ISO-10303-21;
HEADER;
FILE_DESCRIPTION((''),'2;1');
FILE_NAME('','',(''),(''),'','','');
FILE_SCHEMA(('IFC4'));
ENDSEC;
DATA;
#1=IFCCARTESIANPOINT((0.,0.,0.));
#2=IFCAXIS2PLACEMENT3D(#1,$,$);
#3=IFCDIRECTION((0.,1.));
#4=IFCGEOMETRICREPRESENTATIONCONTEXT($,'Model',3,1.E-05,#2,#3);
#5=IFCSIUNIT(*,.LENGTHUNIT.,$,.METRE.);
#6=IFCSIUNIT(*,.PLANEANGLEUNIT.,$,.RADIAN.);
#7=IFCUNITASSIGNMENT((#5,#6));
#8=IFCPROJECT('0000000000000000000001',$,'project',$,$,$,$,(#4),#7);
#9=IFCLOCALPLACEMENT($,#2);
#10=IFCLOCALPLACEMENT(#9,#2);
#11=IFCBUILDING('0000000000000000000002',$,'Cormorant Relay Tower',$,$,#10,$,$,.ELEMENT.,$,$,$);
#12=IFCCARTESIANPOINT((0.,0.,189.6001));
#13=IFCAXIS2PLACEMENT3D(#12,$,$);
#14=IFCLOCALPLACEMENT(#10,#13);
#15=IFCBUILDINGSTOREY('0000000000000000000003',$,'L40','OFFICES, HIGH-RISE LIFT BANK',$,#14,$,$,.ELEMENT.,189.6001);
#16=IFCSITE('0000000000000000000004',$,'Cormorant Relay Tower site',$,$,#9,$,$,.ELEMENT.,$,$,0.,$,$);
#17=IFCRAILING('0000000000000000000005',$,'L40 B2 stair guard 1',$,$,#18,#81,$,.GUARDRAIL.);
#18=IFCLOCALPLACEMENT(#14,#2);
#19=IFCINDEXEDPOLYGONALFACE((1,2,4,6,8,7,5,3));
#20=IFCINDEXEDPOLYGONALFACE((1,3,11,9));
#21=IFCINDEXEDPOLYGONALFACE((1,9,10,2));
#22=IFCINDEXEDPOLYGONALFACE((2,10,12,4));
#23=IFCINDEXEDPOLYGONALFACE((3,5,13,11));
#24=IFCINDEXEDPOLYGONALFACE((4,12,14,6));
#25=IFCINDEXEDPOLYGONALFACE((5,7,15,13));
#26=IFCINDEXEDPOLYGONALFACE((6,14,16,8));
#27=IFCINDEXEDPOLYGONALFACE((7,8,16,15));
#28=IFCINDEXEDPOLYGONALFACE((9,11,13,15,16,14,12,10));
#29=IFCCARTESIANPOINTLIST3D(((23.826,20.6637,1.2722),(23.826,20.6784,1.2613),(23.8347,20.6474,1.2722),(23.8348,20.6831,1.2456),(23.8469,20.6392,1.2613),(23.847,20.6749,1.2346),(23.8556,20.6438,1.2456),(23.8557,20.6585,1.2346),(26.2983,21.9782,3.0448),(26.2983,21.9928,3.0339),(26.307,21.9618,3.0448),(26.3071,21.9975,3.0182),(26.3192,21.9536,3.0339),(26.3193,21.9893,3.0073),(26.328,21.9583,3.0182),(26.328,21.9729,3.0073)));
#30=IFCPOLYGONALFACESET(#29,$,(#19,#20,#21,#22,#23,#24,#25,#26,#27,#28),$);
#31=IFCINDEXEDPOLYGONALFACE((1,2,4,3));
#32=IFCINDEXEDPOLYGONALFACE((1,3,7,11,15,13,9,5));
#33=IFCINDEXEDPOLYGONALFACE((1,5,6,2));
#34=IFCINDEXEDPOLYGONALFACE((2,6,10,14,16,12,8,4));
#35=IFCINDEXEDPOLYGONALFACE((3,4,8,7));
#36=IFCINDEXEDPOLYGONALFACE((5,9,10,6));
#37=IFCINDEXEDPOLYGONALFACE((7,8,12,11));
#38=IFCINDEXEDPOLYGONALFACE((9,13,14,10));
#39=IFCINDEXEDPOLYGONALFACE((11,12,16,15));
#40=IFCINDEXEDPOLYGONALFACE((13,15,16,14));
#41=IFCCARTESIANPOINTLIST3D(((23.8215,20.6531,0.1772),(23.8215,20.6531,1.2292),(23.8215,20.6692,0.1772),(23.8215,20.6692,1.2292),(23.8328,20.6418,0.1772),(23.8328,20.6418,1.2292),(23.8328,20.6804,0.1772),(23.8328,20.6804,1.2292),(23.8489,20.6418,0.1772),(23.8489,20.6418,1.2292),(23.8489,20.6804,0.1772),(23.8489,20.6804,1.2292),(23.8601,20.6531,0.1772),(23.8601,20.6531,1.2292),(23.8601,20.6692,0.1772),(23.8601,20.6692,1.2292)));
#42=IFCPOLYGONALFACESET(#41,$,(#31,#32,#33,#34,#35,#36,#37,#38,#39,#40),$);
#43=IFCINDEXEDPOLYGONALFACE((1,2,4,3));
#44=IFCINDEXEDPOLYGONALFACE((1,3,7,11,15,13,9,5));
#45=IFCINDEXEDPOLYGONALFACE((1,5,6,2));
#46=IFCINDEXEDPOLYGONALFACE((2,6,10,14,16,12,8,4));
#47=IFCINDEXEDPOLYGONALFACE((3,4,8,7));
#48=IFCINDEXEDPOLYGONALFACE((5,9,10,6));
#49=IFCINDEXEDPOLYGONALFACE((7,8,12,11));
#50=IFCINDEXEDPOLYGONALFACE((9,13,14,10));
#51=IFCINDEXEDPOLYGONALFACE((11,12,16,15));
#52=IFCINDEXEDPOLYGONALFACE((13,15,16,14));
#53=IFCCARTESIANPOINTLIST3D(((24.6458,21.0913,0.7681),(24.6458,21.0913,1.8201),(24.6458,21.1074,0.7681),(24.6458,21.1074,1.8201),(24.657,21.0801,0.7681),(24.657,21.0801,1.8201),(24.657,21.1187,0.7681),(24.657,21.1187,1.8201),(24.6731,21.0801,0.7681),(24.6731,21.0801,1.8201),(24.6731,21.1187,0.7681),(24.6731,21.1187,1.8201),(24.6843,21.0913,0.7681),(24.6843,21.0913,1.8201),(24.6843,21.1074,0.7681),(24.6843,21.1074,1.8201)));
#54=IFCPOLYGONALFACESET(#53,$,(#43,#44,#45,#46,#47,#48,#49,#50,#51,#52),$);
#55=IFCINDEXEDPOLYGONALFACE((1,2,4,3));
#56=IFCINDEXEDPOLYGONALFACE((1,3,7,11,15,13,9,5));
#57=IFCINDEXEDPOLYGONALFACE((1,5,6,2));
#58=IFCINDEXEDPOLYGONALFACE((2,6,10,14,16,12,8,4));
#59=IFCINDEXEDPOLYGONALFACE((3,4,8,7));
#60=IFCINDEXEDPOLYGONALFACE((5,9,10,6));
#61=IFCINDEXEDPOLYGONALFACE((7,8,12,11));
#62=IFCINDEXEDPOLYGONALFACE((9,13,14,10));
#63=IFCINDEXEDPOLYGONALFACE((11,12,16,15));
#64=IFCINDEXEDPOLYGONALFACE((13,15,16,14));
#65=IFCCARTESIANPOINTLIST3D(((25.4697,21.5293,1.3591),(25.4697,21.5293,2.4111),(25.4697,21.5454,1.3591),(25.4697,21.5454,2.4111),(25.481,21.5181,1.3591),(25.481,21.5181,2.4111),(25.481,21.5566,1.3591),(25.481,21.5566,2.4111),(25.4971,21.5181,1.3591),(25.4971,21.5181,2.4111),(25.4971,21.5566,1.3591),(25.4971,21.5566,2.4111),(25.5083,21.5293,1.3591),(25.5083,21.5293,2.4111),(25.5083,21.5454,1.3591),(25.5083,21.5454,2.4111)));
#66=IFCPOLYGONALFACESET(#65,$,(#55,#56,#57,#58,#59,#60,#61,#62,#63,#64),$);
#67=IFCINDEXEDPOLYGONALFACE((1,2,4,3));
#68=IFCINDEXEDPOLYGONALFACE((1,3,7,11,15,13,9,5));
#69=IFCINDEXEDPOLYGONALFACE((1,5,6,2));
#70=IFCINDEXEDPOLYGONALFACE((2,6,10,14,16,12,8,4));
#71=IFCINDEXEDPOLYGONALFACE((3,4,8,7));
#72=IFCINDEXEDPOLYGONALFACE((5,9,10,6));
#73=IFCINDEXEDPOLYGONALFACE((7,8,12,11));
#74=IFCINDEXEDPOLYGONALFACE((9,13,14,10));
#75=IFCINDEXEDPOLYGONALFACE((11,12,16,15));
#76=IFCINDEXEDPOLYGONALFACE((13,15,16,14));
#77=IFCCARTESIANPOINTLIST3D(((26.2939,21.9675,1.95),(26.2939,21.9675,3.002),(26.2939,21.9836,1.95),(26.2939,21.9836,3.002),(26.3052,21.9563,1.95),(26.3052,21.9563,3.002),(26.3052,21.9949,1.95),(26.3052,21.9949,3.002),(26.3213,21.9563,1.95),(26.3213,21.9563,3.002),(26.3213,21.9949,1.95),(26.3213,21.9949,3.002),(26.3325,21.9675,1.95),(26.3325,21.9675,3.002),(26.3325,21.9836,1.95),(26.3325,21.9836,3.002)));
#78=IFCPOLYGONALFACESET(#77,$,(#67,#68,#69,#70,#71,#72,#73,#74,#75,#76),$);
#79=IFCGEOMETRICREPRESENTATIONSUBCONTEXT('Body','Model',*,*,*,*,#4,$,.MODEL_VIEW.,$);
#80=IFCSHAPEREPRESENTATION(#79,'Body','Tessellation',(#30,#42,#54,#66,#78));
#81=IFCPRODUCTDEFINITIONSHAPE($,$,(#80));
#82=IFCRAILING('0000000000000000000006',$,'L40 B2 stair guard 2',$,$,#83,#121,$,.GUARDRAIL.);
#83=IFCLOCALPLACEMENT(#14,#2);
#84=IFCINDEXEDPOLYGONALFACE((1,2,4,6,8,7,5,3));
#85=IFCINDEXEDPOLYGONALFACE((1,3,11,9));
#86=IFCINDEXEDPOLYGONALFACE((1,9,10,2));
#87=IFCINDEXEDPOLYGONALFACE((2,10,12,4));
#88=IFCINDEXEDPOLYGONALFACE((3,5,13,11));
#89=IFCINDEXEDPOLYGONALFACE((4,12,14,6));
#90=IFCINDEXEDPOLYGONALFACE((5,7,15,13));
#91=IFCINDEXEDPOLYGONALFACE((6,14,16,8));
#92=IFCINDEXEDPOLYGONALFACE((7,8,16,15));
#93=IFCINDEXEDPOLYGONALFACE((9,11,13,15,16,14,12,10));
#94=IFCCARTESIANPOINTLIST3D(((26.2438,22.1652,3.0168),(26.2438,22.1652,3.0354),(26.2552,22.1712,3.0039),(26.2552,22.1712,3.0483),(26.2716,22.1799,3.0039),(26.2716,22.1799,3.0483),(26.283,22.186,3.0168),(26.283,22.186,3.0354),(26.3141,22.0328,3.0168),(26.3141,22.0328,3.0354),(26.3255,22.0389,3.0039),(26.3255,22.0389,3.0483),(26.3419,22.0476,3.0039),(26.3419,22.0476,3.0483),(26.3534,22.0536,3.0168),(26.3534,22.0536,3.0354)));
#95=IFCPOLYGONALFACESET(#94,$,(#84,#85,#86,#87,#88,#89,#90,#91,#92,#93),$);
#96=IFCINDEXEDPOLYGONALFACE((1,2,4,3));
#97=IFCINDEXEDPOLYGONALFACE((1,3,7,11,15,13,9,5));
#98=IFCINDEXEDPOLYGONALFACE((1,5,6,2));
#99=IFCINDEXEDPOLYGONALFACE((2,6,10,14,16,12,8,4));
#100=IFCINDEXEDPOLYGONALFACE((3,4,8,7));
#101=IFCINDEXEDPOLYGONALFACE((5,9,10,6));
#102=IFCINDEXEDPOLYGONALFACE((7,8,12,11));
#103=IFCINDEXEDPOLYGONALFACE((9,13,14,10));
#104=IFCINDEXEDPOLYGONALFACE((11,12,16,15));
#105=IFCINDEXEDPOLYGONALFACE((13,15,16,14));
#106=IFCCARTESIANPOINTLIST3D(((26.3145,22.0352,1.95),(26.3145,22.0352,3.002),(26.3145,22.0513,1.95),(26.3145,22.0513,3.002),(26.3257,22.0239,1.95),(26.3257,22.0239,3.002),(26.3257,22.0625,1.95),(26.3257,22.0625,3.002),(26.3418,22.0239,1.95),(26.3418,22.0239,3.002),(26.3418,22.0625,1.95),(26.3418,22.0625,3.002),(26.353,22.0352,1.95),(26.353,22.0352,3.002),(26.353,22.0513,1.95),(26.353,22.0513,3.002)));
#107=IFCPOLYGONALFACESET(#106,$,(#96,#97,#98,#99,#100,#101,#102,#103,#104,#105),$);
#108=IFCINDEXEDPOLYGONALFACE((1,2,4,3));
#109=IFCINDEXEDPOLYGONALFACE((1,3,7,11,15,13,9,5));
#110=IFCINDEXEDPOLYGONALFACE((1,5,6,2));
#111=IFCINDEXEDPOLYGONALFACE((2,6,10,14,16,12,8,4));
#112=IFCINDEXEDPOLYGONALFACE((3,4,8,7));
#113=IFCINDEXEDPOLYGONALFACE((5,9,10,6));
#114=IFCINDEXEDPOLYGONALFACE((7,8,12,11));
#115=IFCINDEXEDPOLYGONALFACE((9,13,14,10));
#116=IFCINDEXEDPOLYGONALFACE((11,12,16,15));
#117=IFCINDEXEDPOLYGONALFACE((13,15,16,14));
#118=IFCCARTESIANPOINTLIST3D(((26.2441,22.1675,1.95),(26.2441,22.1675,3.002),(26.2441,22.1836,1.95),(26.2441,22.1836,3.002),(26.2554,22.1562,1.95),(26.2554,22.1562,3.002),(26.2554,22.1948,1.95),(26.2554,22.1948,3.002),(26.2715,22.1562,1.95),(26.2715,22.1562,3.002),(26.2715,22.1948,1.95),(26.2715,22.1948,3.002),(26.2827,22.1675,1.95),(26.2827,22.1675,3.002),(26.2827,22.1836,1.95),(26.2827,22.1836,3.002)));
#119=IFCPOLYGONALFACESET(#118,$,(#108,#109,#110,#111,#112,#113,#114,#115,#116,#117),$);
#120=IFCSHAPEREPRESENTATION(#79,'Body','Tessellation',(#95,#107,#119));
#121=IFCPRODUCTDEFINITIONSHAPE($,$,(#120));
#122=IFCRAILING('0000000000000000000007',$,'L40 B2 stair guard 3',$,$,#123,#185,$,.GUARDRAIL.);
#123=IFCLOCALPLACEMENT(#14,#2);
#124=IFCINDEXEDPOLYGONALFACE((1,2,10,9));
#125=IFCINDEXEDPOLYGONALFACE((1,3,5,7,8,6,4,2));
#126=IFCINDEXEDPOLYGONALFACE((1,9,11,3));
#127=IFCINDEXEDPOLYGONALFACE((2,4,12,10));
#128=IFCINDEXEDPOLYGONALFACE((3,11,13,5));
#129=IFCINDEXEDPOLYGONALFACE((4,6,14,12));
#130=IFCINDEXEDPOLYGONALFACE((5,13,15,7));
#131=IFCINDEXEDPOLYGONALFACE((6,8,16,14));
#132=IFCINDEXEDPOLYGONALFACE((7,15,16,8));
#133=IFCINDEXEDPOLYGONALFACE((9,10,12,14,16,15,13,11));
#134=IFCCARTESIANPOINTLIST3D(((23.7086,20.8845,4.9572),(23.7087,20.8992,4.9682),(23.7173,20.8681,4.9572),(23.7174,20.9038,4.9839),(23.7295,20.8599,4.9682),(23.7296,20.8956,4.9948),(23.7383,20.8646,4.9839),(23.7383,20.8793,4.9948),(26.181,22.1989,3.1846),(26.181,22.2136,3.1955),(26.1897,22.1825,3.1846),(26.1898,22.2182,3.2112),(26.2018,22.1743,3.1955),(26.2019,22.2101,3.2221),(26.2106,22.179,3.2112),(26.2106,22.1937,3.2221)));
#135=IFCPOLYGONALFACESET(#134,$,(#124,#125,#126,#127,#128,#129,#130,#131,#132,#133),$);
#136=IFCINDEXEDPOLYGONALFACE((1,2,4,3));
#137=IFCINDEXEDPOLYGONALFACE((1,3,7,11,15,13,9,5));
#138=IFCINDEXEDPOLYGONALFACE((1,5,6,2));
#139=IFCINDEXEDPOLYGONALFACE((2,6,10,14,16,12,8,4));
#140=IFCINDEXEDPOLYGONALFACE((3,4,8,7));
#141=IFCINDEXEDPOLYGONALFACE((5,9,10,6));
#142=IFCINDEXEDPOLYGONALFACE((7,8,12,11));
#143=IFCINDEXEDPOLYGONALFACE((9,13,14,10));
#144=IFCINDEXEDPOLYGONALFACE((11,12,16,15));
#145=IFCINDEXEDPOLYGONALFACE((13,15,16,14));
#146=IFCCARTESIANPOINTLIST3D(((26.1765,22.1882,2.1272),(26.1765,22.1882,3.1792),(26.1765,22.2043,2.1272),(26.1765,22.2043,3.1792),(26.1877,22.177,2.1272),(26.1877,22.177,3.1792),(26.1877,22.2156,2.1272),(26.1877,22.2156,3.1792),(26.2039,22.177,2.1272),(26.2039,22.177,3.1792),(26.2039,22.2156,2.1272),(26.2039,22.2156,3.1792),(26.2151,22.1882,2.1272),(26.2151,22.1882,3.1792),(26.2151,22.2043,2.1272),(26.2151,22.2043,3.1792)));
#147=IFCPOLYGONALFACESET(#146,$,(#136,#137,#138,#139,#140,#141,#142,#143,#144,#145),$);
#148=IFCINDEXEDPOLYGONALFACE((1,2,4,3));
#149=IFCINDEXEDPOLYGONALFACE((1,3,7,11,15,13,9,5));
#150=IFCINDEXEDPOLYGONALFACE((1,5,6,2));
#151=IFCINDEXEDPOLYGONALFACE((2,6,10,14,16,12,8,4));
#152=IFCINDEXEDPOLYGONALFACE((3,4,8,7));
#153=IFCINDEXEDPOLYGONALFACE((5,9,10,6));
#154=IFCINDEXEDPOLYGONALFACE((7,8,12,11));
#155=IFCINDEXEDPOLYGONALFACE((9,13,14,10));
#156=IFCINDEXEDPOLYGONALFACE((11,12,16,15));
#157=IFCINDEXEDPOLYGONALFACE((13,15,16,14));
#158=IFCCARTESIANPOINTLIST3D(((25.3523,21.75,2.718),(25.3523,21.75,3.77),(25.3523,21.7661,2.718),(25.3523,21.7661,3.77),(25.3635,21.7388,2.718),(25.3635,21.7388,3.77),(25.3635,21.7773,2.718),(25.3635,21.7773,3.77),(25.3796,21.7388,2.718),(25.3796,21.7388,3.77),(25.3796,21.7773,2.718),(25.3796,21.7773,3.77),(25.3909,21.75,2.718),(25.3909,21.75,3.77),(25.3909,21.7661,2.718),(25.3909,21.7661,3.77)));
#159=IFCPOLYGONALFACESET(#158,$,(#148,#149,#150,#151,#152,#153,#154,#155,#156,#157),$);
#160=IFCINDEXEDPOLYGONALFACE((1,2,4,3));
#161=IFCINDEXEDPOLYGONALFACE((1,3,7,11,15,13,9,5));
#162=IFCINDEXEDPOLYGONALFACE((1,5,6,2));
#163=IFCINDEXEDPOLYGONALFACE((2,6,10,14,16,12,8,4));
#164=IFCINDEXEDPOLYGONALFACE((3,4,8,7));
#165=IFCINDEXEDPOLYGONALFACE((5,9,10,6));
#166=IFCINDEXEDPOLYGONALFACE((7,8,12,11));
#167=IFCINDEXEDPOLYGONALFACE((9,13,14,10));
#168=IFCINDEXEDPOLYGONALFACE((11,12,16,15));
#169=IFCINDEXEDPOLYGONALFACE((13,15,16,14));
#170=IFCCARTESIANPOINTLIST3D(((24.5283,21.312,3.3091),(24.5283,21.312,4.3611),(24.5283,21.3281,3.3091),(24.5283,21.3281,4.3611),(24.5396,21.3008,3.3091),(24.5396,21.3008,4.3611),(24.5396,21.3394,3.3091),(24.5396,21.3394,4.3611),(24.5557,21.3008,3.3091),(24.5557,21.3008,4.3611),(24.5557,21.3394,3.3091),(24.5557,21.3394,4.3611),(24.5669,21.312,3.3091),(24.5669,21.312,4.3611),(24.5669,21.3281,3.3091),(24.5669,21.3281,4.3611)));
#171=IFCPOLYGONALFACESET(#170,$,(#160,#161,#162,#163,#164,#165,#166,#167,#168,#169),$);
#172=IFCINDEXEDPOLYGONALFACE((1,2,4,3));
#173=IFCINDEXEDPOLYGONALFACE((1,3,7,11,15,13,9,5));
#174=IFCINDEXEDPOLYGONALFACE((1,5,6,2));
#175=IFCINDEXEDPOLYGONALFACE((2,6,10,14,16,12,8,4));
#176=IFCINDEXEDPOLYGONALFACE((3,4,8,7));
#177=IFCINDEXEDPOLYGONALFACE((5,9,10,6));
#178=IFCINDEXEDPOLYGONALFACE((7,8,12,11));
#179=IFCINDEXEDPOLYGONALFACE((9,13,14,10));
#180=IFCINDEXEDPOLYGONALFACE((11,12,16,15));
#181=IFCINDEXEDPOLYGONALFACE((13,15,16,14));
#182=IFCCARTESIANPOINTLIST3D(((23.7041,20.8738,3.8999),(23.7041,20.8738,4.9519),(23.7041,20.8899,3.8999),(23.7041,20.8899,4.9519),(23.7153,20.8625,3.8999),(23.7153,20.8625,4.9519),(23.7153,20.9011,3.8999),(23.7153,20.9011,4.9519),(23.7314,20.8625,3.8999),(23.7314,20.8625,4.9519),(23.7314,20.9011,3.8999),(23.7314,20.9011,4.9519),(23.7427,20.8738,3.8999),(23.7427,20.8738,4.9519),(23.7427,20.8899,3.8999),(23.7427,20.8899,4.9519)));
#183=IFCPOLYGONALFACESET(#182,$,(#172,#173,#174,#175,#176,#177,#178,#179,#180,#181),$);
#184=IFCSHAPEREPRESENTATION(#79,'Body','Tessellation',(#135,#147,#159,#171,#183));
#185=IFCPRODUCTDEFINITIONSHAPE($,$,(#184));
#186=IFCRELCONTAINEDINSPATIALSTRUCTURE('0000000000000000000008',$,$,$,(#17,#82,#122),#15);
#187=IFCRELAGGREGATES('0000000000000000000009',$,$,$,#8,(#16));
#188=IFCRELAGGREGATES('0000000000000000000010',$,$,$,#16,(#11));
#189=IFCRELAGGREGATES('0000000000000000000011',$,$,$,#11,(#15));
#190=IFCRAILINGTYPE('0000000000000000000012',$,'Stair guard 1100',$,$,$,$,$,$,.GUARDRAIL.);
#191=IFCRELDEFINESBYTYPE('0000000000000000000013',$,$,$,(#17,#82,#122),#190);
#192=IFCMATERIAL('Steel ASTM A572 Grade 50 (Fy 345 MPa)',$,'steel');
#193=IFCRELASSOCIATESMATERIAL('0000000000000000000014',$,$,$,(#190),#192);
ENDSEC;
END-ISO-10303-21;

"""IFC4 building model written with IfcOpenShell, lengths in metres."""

from ifc_helpers import new_model, si_unit, direction, frame, origin, place, context, subcontext, project, spatial, polyline, outline, extrude, material, type_object, element, save


model = new_model("IFC4")

# Units and contexts
model_context = context("Model", 3, precision=1e-05, world=origin(), true_north=direction((0.0, 1.0)))
body_context = subcontext(model_context, "Body", "Model", "MODEL_VIEW")
ifc_project = project(units=[si_unit("LENGTHUNIT", "METRE"), si_unit("PLANEANGLEUNIT", "RADIAN")], contexts=[model_context])

# Site, building, storey
site_placement = place(None, origin())
site = spatial("IfcSite", under=ifc_project, at=site_placement, Name="Cormorant Relay Tower site", CompositionType="ELEMENT", RefElevation=0.0)
building_placement = place(site_placement, origin())
building = spatial("IfcBuilding", under=site, at=building_placement, Name="Cormorant Relay Tower", CompositionType="ELEMENT")
storey_placement = place(building_placement, frame((0.0, 0.0, 189.6001)))
storey = spatial("IfcBuildingStorey", under=building, at=storey_placement, Name="L40", Description="OFFICES, HIGH-RISE LIFT BANK", CompositionType="ELEMENT", Elevation=189.6001)

# Railings
ifc_material_1 = material(Name="Steel ASTM A572 Grade 50 (Fy 345 MPa)", Category="steel")
railing_type_1 = type_object("IfcRailingType", Name="Stair guard 1100", PredefinedType="GUARDRAIL", material=ifc_material_1)
railing_1_placement = place(storey_placement, frame((23.8408, 20.6611, 0.1772)))
element("IfcRailing", 1, at=railing_1_placement, inside=storey, type_object=railing_type_1, Name="L40 B2 stair guard 1", PredefinedType="GUARDRAIL", context=body_context, shape_type="SweptSolid", body=[
    extrude(outline(polyline([(0.0222, 0.0093), (0.0093, 0.0222), (-0.0093, 0.0222), (-0.0222, 0.0093), (-0.0222, -0.0093), (-0.0093, -0.0222), (0.0093, -0.0222), (0.0222, -0.0093), (0.0222, 0.0093)])), frame((0.0, 0.0, 1.0762), z_axis=(0.746034, 0.396627, 0.534902), x_axis=(-0.469429, 0.88297, 0.0)), (0.0, 0.0, 1.0), 3.314),
    extrude(outline(polyline([(0.0193, 0.0081), (0.0081, 0.0193), (-0.0081, 0.0193), (-0.0193, 0.0081), (-0.0193, -0.0081), (-0.0081, -0.0193), (0.0081, -0.0193), (0.0193, -0.0081), (0.0193, 0.0081)])), origin(), (0.0, 0.0, 1.0), 1.052),
    extrude(outline(polyline([(0.0193, 0.0081), (0.0081, 0.0193), (-0.0081, 0.0193), (-0.0193, 0.0081), (-0.0193, -0.0081), (-0.0081, -0.0193), (0.0081, -0.0193), (0.0193, -0.0081), (0.0193, 0.0081)])), frame((0.8242, 0.4382, 0.5908)), (0.0, 0.0, 1.0), 1.052),
    extrude(outline(polyline([(0.0193, 0.0081), (0.0081, 0.0193), (-0.0081, 0.0193), (-0.0193, 0.0081), (-0.0193, -0.0081), (-0.0081, -0.0193), (0.0081, -0.0193), (0.0193, -0.0081), (0.0193, 0.0081)])), frame((1.6482, 0.8762, 1.1819)), (0.0, 0.0, 1.0), 1.052),
    extrude(outline(polyline([(0.0193, 0.0081), (0.0081, 0.0193), (-0.0081, 0.0193), (-0.0193, 0.0081), (-0.0193, -0.0081), (-0.0081, -0.0193), (0.0081, -0.0193), (0.0193, -0.0081), (0.0193, 0.0081)])), frame((2.4724, 1.3145, 1.7727)), (0.0, 0.0, 1.0), 1.052),
])
railing_2_placement = place(storey_placement, frame((26.3337, 22.0432, 1.95)))
element("IfcRailing", 2, at=railing_2_placement, inside=storey, type_object=railing_type_1, Name="L40 B2 stair guard 2", PredefinedType="GUARDRAIL", context=body_context, shape_type="SweptSolid", body=[
    extrude(outline(polyline([(0.0222, 0.0093), (0.0093, 0.0222), (-0.0093, 0.0222), (-0.0222, 0.0093), (-0.0222, -0.0093), (-0.0093, -0.0222), (0.0093, -0.0222), (0.0222, -0.0093), (0.0222, 0.0093)])), frame((0.0, 0.0, 1.0762), z_axis=(-0.469235, 0.883074, 0.0), x_axis=(-0.883074, -0.469235, 0.0)), (0.0, 0.0, 1.0), 0.1499),
    extrude(outline(polyline([(0.0193, 0.0081), (0.0081, 0.0193), (-0.0081, 0.0193), (-0.0193, 0.0081), (-0.0193, -0.0081), (-0.0081, -0.0193), (0.0081, -0.0193), (0.0193, -0.0081), (0.0193, 0.0081)])), origin(), (0.0, 0.0, 1.0), 1.052),
    extrude(outline(polyline([(0.0193, 0.0081), (0.0081, 0.0193), (-0.0081, 0.0193), (-0.0193, 0.0081), (-0.0193, -0.0081), (-0.0081, -0.0193), (0.0081, -0.0193), (0.0193, -0.0081), (0.0193, 0.0081)])), frame((-0.0703, 0.1323, 0.0)), (0.0, 0.0, 1.0), 1.052),
])
railing_3_placement = place(storey_placement, frame((26.1958, 22.1963, 2.1272)))
element("IfcRailing", 3, at=railing_3_placement, inside=storey, type_object=railing_type_1, Name="L40 B2 stair guard 3", PredefinedType="GUARDRAIL", context=body_context, shape_type="SweptSolid", body=[
    extrude(outline(polyline([(0.0222, 0.0093), (0.0093, 0.0222), (-0.0093, 0.0222), (-0.0222, 0.0093), (-0.0222, -0.0093), (-0.0093, -0.0222), (0.0093, -0.0222), (0.0222, -0.0093), (0.0222, 0.0093)])), frame((0.0, 0.0, 1.0762), z_axis=(-0.746034, -0.396627, 0.534902), x_axis=(0.469429, -0.88297, 0.0)), (0.0, 0.0, 1.0), 3.314),
    extrude(outline(polyline([(0.0193, 0.0081), (0.0081, 0.0193), (-0.0081, 0.0193), (-0.0193, 0.0081), (-0.0193, -0.0081), (-0.0081, -0.0193), (0.0081, -0.0193), (0.0193, -0.0081), (0.0193, 0.0081)])), origin(), (0.0, 0.0, 1.0), 1.052),
    extrude(outline(polyline([(0.0193, 0.0081), (0.0081, 0.0193), (-0.0081, 0.0193), (-0.0193, 0.0081), (-0.0193, -0.0081), (-0.0081, -0.0193), (0.0081, -0.0193), (0.0193, -0.0081), (0.0193, 0.0081)])), frame((-0.8242, -0.4382, 0.5908)), (0.0, 0.0, 1.0), 1.052),
    extrude(outline(polyline([(0.0193, 0.0081), (0.0081, 0.0193), (-0.0081, 0.0193), (-0.0193, 0.0081), (-0.0193, -0.0081), (-0.0081, -0.0193), (0.0081, -0.0193), (0.0193, -0.0081), (0.0193, 0.0081)])), frame((-1.6482, -0.8762, 1.1819)), (0.0, 0.0, 1.0), 1.052),
    extrude(outline(polyline([(0.0193, 0.0081), (0.0081, 0.0193), (-0.0081, 0.0193), (-0.0193, 0.0081), (-0.0193, -0.0081), (-0.0081, -0.0193), (0.0081, -0.0193), (0.0193, -0.0081), (0.0193, 0.0081)])), frame((-2.4724, -1.3145, 1.7727)), (0.0, 0.0, 1.0), 1.052),
])

save(model, "model.ifc")
